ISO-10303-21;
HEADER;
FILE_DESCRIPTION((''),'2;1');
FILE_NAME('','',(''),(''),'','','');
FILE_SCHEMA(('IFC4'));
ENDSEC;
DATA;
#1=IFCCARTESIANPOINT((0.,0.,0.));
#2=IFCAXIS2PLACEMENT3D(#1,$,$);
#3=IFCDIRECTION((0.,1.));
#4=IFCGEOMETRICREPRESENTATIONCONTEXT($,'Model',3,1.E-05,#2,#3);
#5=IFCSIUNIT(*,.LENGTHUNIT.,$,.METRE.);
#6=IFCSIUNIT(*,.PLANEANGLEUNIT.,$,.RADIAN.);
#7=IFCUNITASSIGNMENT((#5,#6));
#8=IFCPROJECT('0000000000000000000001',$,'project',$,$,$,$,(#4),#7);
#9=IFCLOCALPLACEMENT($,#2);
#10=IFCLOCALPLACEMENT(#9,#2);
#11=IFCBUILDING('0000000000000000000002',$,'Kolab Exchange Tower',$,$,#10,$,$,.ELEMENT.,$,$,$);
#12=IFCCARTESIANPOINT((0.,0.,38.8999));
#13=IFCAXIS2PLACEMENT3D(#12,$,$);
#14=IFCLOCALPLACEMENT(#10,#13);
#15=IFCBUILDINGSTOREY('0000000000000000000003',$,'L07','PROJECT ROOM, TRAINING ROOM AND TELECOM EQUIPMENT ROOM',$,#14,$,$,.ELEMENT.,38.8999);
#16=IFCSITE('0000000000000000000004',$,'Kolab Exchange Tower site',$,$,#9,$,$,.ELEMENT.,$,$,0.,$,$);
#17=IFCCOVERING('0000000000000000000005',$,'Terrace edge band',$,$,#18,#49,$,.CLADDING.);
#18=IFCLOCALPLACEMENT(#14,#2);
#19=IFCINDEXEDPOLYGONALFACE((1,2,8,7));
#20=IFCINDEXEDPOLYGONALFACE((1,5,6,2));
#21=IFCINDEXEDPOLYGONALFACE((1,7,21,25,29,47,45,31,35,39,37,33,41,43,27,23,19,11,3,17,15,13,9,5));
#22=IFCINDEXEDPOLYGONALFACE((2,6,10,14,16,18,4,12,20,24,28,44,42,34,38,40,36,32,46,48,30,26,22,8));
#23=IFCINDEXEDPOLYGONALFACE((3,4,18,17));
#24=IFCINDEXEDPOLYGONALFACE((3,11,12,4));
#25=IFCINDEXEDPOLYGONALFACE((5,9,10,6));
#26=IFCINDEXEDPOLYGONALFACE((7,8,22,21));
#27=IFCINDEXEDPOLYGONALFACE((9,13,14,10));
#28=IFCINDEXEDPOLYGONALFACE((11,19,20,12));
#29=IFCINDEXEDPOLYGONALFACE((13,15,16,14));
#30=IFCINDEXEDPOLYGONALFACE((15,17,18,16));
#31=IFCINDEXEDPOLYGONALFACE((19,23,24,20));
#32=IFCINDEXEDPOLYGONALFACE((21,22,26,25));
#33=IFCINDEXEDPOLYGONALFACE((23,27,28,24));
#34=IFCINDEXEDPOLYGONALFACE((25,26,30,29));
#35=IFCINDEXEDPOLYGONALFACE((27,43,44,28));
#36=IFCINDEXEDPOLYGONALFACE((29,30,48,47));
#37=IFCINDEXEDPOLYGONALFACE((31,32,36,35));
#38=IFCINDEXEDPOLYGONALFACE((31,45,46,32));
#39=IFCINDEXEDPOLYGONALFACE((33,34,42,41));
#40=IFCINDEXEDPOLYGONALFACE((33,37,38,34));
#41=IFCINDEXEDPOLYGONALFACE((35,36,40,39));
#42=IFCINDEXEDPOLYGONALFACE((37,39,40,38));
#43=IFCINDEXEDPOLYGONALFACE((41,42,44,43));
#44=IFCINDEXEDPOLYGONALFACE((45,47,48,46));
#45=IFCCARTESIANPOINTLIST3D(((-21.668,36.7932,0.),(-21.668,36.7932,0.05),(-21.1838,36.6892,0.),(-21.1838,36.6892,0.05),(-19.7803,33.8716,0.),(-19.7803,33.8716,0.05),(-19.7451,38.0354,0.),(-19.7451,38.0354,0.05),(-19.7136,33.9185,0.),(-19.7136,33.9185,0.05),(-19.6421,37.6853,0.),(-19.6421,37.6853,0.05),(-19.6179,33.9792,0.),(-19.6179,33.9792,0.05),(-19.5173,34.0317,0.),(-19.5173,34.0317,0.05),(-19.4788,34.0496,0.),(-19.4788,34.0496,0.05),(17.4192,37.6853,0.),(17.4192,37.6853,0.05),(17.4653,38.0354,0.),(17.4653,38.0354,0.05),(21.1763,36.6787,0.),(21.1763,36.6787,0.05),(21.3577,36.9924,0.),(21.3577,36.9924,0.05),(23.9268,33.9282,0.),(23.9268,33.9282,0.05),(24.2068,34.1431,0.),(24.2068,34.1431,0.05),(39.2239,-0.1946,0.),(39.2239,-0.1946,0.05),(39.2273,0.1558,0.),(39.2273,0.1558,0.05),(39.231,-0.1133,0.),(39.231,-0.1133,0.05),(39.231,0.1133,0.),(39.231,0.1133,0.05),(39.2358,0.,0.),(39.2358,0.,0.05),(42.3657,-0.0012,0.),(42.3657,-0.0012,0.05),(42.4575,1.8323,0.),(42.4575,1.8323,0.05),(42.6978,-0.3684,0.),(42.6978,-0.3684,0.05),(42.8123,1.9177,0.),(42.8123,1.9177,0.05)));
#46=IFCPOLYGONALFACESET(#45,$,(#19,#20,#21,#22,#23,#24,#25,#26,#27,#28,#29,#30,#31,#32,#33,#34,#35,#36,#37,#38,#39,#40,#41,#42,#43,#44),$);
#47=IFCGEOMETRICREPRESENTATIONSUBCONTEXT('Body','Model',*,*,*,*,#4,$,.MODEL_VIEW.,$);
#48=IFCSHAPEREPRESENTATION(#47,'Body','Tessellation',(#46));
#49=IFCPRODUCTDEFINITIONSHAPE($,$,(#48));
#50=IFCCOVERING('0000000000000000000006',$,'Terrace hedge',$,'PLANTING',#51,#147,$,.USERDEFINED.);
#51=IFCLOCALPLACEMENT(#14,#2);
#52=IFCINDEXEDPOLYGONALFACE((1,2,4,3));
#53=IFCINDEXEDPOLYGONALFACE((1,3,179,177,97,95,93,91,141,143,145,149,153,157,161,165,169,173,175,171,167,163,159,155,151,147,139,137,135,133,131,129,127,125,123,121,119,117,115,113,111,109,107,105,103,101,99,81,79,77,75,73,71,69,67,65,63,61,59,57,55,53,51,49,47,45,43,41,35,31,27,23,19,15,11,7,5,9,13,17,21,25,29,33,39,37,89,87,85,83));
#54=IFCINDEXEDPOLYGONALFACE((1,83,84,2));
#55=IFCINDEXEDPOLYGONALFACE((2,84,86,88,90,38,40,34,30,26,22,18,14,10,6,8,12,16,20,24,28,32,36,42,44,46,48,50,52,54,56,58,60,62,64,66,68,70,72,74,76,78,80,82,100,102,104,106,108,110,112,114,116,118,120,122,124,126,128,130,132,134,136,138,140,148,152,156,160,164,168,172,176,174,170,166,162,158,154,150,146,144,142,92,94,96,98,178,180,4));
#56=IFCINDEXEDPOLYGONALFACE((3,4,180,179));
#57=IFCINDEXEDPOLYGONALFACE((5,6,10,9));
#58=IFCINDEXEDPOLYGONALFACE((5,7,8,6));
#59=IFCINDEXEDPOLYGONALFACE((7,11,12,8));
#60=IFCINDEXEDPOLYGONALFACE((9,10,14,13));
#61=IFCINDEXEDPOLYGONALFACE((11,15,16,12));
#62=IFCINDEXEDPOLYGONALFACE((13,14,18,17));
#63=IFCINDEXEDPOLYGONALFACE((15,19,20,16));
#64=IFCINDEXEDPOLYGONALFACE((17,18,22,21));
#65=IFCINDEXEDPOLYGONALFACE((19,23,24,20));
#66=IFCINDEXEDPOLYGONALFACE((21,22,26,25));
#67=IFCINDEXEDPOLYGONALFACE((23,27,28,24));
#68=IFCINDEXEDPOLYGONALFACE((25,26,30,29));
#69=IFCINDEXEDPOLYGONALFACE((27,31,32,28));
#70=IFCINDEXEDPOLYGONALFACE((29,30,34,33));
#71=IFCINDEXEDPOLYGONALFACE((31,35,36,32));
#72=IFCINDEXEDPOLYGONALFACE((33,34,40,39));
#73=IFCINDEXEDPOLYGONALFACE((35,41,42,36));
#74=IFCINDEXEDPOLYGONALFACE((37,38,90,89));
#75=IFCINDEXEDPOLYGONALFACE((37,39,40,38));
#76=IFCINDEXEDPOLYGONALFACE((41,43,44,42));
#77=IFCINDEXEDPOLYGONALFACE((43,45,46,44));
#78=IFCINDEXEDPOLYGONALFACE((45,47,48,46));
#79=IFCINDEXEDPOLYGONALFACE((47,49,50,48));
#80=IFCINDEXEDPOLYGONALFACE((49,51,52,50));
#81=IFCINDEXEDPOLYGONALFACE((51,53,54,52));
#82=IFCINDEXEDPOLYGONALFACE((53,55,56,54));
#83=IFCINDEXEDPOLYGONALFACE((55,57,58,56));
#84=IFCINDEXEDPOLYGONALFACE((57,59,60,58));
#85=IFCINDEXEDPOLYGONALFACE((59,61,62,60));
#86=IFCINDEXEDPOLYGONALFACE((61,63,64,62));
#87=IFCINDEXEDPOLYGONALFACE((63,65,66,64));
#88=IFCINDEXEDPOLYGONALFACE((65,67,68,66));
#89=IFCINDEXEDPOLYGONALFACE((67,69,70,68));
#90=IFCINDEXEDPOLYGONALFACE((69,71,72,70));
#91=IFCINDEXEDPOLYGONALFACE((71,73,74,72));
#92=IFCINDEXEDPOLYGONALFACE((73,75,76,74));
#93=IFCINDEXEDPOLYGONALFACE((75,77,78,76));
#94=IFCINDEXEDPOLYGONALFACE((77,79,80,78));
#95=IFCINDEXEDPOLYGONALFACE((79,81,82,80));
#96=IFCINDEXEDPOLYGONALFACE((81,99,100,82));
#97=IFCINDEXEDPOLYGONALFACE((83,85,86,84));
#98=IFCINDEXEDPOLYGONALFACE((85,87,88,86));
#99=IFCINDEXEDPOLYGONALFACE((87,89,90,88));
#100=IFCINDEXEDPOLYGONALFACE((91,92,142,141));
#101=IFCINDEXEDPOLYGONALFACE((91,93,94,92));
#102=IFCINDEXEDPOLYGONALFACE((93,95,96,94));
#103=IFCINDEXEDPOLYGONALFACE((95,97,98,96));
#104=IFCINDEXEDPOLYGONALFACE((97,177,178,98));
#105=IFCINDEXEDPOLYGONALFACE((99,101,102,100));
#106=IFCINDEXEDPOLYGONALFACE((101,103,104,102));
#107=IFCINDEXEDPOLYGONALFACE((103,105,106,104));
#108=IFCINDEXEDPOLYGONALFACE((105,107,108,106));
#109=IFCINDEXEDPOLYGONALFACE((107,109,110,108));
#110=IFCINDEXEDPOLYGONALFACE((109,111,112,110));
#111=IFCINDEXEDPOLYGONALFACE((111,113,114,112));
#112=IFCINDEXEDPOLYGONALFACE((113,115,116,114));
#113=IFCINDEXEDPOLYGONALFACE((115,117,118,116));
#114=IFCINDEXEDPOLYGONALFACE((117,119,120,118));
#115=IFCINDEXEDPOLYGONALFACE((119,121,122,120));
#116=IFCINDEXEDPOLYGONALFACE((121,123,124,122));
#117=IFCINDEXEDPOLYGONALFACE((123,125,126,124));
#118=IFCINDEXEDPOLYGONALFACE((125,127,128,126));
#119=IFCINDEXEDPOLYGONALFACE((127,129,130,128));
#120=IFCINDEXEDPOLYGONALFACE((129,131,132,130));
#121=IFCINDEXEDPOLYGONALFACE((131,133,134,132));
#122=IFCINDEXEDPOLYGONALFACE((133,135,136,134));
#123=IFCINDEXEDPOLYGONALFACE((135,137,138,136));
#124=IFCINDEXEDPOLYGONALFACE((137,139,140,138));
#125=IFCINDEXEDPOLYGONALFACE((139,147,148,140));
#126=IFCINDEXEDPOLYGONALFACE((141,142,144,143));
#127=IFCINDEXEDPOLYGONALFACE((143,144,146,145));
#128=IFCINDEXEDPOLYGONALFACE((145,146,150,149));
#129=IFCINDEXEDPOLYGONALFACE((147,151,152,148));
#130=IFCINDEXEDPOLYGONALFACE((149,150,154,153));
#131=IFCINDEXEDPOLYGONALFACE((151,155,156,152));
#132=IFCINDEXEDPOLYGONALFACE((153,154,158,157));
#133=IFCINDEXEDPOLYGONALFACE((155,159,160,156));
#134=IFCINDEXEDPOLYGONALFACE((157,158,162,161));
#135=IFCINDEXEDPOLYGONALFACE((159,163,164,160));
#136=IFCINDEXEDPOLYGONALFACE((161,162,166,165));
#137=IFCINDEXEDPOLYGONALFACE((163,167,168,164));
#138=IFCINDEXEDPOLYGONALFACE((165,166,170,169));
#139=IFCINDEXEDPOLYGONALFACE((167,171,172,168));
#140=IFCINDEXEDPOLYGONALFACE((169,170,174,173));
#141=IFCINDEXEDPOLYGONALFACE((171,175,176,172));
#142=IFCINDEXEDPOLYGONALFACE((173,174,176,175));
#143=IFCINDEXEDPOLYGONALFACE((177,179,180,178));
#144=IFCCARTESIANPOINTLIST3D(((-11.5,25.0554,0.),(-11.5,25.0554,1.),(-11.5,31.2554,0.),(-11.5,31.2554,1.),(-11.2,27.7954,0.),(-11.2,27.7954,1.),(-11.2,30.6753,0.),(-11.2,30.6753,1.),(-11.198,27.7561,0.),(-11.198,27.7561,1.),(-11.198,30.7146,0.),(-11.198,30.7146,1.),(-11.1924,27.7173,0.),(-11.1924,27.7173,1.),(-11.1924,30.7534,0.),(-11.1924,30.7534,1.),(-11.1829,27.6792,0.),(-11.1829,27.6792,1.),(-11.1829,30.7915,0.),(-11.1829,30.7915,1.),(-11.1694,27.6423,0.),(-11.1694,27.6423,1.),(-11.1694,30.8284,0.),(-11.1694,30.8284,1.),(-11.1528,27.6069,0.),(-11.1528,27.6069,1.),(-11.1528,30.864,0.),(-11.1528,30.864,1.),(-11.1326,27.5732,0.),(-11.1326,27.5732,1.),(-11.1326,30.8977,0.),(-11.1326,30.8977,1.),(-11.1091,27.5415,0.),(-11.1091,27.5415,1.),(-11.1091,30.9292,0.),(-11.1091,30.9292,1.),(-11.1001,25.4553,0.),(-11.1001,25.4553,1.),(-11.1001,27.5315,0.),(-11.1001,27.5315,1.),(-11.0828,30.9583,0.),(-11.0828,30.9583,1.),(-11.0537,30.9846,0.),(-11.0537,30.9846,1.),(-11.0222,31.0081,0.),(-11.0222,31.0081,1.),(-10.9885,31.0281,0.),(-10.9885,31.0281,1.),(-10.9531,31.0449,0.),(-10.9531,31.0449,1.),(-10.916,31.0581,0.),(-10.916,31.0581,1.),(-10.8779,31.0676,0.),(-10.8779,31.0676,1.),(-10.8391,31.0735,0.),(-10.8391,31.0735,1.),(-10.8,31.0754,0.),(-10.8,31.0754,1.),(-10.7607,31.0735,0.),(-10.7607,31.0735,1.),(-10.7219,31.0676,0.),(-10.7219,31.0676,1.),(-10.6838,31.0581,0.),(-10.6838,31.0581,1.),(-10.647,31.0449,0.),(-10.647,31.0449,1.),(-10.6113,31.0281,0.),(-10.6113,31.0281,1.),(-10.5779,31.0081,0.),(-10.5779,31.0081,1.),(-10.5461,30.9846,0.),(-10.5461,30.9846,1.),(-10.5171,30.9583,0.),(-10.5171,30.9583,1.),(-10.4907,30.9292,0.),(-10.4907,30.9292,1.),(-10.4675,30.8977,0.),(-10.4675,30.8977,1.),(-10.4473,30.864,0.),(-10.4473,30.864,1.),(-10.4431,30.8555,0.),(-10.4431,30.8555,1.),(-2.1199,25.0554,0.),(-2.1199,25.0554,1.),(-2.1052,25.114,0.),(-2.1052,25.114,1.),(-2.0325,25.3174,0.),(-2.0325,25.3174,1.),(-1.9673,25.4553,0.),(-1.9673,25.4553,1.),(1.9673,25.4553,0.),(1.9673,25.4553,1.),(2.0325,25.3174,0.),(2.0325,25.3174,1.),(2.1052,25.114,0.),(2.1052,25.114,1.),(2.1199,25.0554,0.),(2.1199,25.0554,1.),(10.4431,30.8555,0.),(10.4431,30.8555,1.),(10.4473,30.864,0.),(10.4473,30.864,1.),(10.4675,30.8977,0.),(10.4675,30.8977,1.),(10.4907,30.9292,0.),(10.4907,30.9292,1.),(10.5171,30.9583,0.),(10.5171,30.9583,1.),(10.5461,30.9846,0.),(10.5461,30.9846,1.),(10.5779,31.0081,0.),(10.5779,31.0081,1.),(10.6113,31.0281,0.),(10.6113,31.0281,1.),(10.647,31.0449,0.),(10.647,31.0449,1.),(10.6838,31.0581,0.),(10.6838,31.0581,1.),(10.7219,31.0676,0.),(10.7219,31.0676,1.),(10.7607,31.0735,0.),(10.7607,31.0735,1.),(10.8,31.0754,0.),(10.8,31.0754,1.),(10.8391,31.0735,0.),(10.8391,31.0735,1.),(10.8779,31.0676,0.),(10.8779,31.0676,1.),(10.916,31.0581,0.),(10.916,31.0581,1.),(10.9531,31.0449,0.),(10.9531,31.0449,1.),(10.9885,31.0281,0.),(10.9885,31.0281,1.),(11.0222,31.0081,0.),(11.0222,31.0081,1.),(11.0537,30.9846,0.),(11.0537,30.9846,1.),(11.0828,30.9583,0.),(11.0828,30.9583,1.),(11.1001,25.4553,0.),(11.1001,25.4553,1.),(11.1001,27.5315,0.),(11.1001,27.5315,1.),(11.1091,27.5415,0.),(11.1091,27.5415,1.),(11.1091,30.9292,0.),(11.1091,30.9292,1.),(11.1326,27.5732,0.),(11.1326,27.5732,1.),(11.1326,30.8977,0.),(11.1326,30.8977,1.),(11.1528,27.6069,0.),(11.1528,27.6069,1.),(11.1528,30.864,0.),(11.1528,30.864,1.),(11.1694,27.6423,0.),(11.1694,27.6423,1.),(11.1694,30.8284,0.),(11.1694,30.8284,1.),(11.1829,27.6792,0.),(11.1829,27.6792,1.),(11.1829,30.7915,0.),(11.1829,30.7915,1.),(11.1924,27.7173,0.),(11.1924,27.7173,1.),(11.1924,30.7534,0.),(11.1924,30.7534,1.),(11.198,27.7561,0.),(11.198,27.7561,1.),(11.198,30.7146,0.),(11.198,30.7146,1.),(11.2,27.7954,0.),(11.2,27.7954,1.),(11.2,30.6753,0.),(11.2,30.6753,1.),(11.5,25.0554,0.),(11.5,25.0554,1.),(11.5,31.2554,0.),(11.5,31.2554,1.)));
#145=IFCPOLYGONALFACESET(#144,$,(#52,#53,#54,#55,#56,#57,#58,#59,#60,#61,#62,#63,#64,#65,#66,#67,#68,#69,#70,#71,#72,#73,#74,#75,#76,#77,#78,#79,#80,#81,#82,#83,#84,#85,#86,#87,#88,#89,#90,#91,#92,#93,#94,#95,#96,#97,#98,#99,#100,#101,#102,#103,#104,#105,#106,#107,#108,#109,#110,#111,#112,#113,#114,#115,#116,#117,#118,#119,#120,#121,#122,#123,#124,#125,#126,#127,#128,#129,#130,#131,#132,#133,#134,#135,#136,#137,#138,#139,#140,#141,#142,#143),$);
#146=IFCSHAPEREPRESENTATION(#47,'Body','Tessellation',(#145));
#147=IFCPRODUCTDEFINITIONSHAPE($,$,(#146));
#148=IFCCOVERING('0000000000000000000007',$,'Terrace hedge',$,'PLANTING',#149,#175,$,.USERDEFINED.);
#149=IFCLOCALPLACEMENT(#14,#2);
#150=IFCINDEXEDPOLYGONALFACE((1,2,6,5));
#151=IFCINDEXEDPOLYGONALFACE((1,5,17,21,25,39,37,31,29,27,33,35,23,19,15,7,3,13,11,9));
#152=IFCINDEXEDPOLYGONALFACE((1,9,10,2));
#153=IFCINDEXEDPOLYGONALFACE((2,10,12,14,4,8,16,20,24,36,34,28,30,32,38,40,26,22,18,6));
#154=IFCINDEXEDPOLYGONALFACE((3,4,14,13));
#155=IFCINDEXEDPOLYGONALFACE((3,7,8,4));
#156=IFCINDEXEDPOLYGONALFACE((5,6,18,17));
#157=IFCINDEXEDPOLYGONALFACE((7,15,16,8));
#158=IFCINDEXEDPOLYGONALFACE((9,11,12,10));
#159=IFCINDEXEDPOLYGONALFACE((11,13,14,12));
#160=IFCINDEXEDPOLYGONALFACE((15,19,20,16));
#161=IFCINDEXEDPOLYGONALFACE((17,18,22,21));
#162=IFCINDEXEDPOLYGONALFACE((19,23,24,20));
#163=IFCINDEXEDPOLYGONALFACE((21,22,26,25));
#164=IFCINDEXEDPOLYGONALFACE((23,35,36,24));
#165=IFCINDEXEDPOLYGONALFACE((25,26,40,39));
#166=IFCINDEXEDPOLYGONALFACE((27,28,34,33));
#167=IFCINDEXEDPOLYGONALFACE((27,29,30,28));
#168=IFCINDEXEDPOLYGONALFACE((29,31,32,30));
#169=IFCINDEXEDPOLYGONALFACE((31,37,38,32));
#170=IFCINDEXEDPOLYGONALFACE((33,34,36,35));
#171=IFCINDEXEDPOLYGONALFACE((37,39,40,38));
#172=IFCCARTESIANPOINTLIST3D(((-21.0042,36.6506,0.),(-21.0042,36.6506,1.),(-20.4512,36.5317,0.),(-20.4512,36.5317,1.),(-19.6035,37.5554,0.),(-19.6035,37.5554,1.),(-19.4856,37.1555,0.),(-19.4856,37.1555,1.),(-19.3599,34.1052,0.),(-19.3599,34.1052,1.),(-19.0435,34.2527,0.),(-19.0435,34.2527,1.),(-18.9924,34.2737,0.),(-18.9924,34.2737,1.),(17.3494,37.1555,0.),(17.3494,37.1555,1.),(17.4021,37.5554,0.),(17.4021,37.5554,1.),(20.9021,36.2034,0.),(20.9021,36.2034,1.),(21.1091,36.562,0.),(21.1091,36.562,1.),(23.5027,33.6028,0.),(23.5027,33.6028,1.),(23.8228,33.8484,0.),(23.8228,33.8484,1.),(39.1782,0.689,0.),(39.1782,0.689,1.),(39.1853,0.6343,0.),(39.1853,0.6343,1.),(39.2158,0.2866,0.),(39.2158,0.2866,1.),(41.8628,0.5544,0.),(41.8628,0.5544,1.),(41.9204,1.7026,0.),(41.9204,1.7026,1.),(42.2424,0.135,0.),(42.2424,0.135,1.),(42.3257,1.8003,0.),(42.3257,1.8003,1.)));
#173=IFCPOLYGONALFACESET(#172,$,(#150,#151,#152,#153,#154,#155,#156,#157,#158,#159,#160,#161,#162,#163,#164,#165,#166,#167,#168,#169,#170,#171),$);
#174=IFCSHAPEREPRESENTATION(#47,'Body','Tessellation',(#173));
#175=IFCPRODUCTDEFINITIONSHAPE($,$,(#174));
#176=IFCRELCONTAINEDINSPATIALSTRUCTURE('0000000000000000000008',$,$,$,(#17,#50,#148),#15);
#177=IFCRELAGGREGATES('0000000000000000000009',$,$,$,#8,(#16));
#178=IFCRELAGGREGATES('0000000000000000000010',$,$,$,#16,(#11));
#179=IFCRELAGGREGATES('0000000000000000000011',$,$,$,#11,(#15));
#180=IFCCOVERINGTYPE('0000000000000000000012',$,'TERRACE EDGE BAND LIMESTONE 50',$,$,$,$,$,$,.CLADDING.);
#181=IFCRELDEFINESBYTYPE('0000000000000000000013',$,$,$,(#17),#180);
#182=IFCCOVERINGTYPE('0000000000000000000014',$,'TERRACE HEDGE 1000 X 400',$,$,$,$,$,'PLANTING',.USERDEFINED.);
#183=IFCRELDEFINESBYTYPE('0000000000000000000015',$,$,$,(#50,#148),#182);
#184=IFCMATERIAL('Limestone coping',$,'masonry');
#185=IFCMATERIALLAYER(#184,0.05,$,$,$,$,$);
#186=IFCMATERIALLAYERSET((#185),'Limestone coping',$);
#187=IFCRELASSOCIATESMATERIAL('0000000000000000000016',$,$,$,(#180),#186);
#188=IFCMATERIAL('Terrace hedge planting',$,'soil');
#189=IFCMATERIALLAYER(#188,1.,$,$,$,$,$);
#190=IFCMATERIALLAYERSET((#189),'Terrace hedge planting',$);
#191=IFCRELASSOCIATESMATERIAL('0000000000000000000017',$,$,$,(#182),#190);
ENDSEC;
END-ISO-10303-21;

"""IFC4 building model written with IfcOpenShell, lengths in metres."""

from ifc_helpers import new_model, si_unit, direction, frame, origin, place, context, subcontext, project, spatial, polyline, outline, extrude, material, layer, layer_set, type_object, element, save


model = new_model("IFC4")

# Units and contexts
model_context = context("Model", 3, precision=1e-05, world=origin(), true_north=direction((0.0, 1.0)))
body_context = subcontext(model_context, "Body", "Model", "MODEL_VIEW")
ifc_project = project(units=[si_unit("LENGTHUNIT", "METRE"), si_unit("PLANEANGLEUNIT", "RADIAN")], contexts=[model_context])

# Site, building, storey
site_placement = place(None, origin())
site = spatial("IfcSite", under=ifc_project, at=site_placement, Name="Kolab Exchange Tower site", CompositionType="ELEMENT", RefElevation=0.0)
building_placement = place(site_placement, origin())
building = spatial("IfcBuilding", under=site, at=building_placement, Name="Kolab Exchange Tower", CompositionType="ELEMENT")
storey_placement = place(building_placement, frame((0.0, 0.0, 38.8999)))
storey = spatial("IfcBuildingStorey", under=building, at=storey_placement, Name="L07", Description="PROJECT ROOM, TRAINING ROOM AND TELECOM EQUIPMENT ROOM", CompositionType="ELEMENT", Elevation=38.8999)

# Coverings
ifc_material_1 = material(Name="Limestone coping", Category="masonry")
ifc_layer_1 = layer(ifc_material_1, 0.05)
ifc_layer_set_1 = layer_set([ifc_layer_1], Name="Limestone coping")
covering_type_1 = type_object("IfcCoveringType", Name="TERRACE EDGE BAND LIMESTONE 50", PredefinedType="CLADDING", material=ifc_layer_set_1)
covering_1_placement = place(storey_placement, origin())
element("IfcCovering", 1, at=covering_1_placement, inside=storey, type_object=covering_type_1, Name="Terrace edge band", PredefinedType="CLADDING", context=body_context, shape_type="SweptSolid", body=[
    extrude(outline(polyline([(-19.7451, 38.0354), (17.4653, 38.0354), (21.3577, 36.9924), (24.2068, 34.1431), (42.8123, 1.9177), (42.6978, -0.3684), (39.2239, -0.1946), (39.231, -0.1133), (39.2358, 0.0), (39.231, 0.1133), (39.2273, 0.1558), (42.3657, -0.0012), (42.4575, 1.8323), (23.9268, 33.9282), (21.1763, 36.6787), (17.4192, 37.6853), (-19.6421, 37.6853), (-21.1838, 36.6892), (-19.4788, 34.0496), (-19.5173, 34.0317), (-19.6179, 33.9792), (-19.7136, 33.9185), (-19.7803, 33.8716), (-21.668, 36.7932), (-19.7451, 38.0354)])), origin(), (0.0, 0.0, 1.0), 0.05),
])
ifc_material_2 = material(Name="Terrace hedge planting", Category="soil")
ifc_layer_2 = layer(ifc_material_2, 1.0)
ifc_layer_set_2 = layer_set([ifc_layer_2], Name="Terrace hedge planting")
covering_type_2 = type_object("IfcCoveringType", Name="TERRACE HEDGE 1000 X 400", ElementType="PLANTING", PredefinedType="USERDEFINED", material=ifc_layer_set_2)
covering_2_placement = place(storey_placement, origin())
element("IfcCovering", 2, at=covering_2_placement, inside=storey, type_object=covering_type_2, Name="Terrace hedge", ObjectType="PLANTING", PredefinedType="USERDEFINED", context=body_context, shape_type="SweptSolid", body=[
    extrude(outline(polyline([(11.5, 31.2554), (11.5, 25.0554), (2.1199, 25.0554), (2.1052, 25.114), (2.0325, 25.3174), (1.9673, 25.4553), (11.1001, 25.4553), (11.1001, 27.5315), (11.1091, 27.5415), (11.1326, 27.5732), (11.1528, 27.6069), (11.1694, 27.6423), (11.1829, 27.6792), (11.1924, 27.7173), (11.198, 27.7561), (11.2, 27.7954), (11.2, 30.6753), (11.198, 30.7146), (11.1924, 30.7534), (11.1829, 30.7915), (11.1694, 30.8284), (11.1528, 30.864), (11.1326, 30.8977), (11.1091, 30.9292), (11.0828, 30.9583), (11.0537, 30.9846), (11.0222, 31.0081), (10.9885, 31.0281), (10.9531, 31.0449), (10.916, 31.0581), (10.8779, 31.0676), (10.8391, 31.0735), (10.8, 31.0754), (10.7607, 31.0735), (10.7219, 31.0676), (10.6838, 31.0581), (10.647, 31.0449), (10.6113, 31.0281), (10.5779, 31.0081), (10.5461, 30.9846), (10.5171, 30.9583), (10.4907, 30.9292), (10.4675, 30.8977), (10.4473, 30.864), (10.4431, 30.8555), (-10.4431, 30.8555), (-10.4473, 30.864), (-10.4675, 30.8977), (-10.4907, 30.9292), (-10.5171, 30.9583), (-10.5461, 30.9846), (-10.5779, 31.0081), (-10.6113, 31.0281), (-10.647, 31.0449), (-10.6838, 31.0581), (-10.7219, 31.0676), (-10.7607, 31.0735), (-10.8, 31.0754), (-10.8391, 31.0735), (-10.8779, 31.0676), (-10.916, 31.0581), (-10.9531, 31.0449), (-10.9885, 31.0281), (-11.0222, 31.0081), (-11.0537, 30.9846), (-11.0828, 30.9583), (-11.1091, 30.9292), (-11.1326, 30.8977), (-11.1528, 30.864), (-11.1694, 30.8284), (-11.1829, 30.7915), (-11.1924, 30.7534), (-11.198, 30.7146), (-11.2, 30.6753), (-11.2, 27.7954), (-11.198, 27.7561), (-11.1924, 27.7173), (-11.1829, 27.6792), (-11.1694, 27.6423), (-11.1528, 27.6069), (-11.1326, 27.5732), (-11.1091, 27.5415), (-11.1001, 27.5315), (-11.1001, 25.4553), (-1.9673, 25.4553), (-2.0325, 25.3174), (-2.1052, 25.114), (-2.1199, 25.0554), (-11.5, 25.0554), (-11.5, 31.2554), (11.5, 31.2554)])), origin(), (0.0, 0.0, 1.0), 1.0),
])
covering_3_placement = place(storey_placement, origin())
element("IfcCovering", 3, at=covering_3_placement, inside=storey, type_object=covering_type_2, Name="Terrace hedge", ObjectType="PLANTING", PredefinedType="USERDEFINED", context=body_context, shape_type="SweptSolid", body=[
    extrude(outline(polyline([(-19.6035, 37.5554), (17.4021, 37.5554), (21.1091, 36.562), (23.8228, 33.8484), (42.3257, 1.8003), (42.2424, 0.135), (39.2158, 0.2866), (39.1853, 0.6343), (39.1782, 0.689), (41.8628, 0.5544), (41.9204, 1.7026), (23.5027, 33.6028), (20.9021, 36.2034), (17.3494, 37.1555), (-19.4856, 37.1555), (-20.4512, 36.5317), (-18.9924, 34.2737), (-19.0435, 34.2527), (-19.3599, 34.1052), (-21.0042, 36.6506), (-19.6035, 37.5554)])), origin(), (0.0, 0.0, 1.0), 1.0),
])

save(model, "model.ifc")
